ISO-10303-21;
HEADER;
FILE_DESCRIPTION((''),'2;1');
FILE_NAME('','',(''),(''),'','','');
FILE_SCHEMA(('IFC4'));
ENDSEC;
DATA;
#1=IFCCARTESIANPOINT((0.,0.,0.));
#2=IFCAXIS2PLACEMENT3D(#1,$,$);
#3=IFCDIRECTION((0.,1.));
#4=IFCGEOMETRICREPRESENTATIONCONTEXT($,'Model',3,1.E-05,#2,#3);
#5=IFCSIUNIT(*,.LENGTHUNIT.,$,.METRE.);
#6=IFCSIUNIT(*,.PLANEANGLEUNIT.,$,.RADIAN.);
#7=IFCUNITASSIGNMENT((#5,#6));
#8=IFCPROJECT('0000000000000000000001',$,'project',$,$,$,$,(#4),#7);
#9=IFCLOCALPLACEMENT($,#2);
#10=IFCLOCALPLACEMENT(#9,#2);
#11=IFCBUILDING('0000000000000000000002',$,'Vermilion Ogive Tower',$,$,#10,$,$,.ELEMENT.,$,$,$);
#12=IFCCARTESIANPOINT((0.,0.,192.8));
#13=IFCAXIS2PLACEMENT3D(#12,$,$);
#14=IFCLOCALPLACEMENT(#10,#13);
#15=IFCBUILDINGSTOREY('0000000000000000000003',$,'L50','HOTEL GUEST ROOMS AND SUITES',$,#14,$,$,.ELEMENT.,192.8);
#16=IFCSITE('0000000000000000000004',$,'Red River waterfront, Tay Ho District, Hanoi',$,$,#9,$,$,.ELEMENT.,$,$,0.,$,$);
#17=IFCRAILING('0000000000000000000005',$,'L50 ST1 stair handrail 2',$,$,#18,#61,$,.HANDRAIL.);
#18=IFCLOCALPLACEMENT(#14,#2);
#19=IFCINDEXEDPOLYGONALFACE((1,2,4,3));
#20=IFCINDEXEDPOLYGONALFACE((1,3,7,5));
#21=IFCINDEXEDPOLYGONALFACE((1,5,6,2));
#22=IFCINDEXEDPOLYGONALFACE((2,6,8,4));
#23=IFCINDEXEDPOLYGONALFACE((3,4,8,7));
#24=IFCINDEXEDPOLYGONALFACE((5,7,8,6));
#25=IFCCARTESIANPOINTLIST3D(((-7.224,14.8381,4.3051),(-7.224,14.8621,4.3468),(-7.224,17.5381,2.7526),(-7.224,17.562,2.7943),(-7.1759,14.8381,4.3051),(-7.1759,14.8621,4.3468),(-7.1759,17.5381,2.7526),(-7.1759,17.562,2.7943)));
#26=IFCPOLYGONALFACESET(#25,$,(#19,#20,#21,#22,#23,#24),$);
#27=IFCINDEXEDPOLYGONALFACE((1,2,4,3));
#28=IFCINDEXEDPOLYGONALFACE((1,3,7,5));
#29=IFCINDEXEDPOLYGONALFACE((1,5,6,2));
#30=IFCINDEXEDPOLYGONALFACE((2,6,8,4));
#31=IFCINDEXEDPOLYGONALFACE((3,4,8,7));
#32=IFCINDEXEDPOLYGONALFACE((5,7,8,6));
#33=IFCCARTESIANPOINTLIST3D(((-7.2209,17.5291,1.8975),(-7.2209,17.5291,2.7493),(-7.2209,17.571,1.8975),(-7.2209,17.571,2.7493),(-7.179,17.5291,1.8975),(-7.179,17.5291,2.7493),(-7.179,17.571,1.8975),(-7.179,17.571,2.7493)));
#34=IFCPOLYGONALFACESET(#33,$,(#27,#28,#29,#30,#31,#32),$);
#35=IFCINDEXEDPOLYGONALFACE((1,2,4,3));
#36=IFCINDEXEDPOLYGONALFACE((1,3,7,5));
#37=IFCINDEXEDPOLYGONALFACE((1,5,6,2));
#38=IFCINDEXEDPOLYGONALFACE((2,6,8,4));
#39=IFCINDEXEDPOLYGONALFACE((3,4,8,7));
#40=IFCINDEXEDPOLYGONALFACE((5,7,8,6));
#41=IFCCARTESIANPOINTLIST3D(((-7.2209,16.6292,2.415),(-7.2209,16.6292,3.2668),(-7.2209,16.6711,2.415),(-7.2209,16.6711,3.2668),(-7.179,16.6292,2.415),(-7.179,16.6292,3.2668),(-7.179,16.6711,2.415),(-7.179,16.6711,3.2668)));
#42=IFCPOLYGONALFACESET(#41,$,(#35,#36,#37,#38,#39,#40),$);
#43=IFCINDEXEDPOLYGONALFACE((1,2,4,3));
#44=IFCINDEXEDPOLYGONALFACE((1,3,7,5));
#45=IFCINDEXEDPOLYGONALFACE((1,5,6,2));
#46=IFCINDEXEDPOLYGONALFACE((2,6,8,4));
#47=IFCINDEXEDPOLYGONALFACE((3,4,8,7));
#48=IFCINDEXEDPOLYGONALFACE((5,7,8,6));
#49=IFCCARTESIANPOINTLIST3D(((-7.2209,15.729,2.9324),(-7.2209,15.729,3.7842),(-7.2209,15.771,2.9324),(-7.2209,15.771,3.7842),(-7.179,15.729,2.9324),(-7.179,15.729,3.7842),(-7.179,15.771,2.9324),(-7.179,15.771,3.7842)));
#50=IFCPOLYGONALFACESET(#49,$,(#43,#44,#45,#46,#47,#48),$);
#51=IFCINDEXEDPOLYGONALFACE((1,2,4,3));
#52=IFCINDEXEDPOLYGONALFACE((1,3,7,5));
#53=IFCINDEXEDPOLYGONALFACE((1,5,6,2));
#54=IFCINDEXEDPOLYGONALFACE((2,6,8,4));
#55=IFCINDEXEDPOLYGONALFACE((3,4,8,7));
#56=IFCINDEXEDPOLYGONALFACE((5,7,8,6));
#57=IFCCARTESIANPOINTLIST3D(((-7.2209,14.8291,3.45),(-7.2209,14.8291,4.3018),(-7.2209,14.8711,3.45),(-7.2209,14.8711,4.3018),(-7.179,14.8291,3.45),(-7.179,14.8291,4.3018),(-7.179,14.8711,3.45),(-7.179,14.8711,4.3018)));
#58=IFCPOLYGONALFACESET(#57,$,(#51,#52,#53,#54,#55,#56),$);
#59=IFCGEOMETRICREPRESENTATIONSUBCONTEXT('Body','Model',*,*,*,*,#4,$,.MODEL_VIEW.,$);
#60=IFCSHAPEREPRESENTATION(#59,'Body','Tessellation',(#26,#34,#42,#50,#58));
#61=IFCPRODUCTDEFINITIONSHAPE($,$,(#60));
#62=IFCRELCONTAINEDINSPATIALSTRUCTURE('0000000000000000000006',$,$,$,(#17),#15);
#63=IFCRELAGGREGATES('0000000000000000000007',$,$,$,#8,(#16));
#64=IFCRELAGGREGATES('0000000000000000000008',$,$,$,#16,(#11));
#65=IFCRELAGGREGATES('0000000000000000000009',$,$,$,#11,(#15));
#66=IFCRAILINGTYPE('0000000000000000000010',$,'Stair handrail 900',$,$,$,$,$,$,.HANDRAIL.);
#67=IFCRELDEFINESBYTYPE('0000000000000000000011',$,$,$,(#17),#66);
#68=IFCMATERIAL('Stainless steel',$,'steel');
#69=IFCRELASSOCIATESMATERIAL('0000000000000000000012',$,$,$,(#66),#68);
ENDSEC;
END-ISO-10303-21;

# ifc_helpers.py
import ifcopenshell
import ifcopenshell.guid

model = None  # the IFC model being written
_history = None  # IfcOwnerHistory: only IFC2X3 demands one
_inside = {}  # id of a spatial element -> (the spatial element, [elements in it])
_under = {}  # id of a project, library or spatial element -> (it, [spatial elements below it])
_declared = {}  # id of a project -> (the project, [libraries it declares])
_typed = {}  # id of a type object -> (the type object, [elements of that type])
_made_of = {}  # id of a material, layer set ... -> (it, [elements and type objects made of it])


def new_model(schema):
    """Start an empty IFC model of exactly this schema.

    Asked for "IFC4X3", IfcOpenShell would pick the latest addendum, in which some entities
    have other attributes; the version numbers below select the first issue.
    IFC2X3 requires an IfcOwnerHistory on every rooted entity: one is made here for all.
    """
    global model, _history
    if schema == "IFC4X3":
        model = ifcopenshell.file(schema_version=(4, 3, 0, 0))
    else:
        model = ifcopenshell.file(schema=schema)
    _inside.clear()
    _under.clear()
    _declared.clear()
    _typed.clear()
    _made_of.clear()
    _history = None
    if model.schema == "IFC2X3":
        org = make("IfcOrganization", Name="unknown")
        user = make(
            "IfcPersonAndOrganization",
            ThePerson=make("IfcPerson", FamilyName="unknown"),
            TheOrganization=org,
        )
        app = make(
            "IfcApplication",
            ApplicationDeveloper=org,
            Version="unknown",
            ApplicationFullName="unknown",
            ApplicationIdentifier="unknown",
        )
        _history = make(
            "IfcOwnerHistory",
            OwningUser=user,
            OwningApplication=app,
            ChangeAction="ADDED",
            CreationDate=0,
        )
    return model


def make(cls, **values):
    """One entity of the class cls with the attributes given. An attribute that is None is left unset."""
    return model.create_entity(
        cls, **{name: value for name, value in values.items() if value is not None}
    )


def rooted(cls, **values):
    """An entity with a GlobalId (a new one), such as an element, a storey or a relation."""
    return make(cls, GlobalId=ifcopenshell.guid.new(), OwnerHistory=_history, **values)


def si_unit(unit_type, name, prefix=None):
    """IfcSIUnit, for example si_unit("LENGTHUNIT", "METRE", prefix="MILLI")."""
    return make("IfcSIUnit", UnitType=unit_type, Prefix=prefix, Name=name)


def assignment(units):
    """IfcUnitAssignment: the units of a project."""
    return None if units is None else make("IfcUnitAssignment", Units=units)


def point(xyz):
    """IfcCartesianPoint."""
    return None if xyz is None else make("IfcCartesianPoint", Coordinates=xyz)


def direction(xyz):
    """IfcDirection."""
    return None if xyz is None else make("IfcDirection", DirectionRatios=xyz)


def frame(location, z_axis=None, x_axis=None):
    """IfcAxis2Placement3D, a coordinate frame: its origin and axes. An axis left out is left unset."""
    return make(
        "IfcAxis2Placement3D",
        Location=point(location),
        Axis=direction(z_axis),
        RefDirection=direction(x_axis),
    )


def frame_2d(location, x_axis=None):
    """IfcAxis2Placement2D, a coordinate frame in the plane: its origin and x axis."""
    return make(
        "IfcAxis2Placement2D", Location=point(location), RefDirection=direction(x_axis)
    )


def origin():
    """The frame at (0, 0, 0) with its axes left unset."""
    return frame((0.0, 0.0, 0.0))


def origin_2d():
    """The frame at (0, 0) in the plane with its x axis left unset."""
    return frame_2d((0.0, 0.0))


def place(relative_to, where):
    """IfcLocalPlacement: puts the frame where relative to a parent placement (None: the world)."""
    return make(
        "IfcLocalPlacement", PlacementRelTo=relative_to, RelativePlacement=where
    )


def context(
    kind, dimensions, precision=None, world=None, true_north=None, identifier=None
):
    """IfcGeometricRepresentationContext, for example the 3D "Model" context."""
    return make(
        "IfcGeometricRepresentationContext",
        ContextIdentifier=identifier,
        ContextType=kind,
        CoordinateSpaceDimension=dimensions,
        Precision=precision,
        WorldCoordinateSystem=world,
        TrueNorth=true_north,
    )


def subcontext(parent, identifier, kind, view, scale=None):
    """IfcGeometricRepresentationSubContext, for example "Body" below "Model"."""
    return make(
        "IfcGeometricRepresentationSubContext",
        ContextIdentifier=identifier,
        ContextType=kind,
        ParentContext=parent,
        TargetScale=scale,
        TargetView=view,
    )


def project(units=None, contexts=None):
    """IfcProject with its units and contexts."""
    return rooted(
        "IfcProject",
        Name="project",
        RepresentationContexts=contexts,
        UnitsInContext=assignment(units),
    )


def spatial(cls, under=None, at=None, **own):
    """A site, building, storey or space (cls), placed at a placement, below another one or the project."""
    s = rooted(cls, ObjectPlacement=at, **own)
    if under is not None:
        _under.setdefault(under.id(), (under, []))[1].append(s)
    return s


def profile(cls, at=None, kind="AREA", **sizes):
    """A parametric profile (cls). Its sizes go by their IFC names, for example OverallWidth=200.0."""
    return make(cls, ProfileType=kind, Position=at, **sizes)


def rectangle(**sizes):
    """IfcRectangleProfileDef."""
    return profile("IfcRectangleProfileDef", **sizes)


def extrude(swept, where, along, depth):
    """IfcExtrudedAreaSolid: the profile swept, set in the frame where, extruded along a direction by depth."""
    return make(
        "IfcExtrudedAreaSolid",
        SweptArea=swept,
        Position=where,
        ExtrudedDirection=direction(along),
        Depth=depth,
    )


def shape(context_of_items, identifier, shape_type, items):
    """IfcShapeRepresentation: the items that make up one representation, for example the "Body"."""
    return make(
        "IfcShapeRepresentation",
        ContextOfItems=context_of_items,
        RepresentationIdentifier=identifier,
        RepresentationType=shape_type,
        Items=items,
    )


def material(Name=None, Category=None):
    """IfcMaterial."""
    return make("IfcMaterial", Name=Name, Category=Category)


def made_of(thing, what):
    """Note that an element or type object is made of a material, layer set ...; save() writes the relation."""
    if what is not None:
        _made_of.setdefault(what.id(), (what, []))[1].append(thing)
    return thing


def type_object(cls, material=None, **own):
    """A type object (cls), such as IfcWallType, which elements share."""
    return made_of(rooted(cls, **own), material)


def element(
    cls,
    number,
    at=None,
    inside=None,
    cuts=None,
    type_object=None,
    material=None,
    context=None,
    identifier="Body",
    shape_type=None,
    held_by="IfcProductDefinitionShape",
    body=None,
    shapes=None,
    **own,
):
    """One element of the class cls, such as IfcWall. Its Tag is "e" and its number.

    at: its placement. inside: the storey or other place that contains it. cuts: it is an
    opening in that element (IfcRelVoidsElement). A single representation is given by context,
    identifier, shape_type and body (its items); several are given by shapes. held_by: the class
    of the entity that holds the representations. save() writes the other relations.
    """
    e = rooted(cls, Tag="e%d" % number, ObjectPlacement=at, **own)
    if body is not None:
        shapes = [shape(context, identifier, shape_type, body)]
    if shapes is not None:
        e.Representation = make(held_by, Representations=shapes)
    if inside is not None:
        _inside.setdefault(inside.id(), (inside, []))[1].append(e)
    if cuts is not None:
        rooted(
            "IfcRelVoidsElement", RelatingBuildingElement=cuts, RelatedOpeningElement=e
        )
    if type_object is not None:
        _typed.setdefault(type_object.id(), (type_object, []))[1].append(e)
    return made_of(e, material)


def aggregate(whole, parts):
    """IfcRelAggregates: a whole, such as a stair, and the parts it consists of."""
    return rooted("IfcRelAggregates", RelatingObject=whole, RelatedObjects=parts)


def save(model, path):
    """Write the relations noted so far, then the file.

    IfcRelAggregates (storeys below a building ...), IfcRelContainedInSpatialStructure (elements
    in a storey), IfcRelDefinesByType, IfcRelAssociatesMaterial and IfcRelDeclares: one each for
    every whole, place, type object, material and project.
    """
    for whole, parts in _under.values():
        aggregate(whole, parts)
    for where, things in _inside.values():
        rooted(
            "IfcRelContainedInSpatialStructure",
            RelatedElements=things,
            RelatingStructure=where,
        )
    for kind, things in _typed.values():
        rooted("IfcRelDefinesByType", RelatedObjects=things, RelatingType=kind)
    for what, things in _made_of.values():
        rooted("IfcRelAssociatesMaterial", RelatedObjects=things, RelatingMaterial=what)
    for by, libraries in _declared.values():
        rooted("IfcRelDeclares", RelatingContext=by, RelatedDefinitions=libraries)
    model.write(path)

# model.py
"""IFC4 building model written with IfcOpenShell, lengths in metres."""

from ifc_helpers import new_model, si_unit, direction, frame, origin, origin_2d, place, context, subcontext, project, spatial, rectangle, extrude, material, type_object, element, save


model = new_model("IFC4")

# Units and contexts
model_context = context("Model", 3, precision=1e-05, world=origin(), true_north=direction((0.0, 1.0)))
body_context = subcontext(model_context, "Body", "Model", "MODEL_VIEW")
ifc_project = project(units=[si_unit("LENGTHUNIT", "METRE"), si_unit("PLANEANGLEUNIT", "RADIAN")], contexts=[model_context])

# Site, building, storey
site_placement = place(None, origin())
site = spatial("IfcSite", under=ifc_project, at=site_placement, Name="Red River waterfront, Tay Ho District, Hanoi", CompositionType="ELEMENT", RefElevation=0.0)
building_placement = place(site_placement, origin())
building = spatial("IfcBuilding", under=site, at=building_placement, Name="Vermilion Ogive Tower", CompositionType="ELEMENT")
storey_placement = place(building_placement, frame((0.0, 0.0, 192.8)))
storey = spatial("IfcBuildingStorey", under=building, at=storey_placement, Name="L50", Description="HOTEL GUEST ROOMS AND SUITES", CompositionType="ELEMENT", Elevation=192.8)

# Railing
ifc_material_1 = material(Name="Stainless steel", Category="steel")
railing_type_1 = type_object("IfcRailingType", Name="Stair handrail 900", PredefinedType="HANDRAIL", material=ifc_material_1)
railing_1_placement = place(storey_placement, frame((-7.2, 17.55, 1.8975)))
element("IfcRailing", 1, at=railing_1_placement, inside=storey, type_object=railing_type_1, Name="L50 ST1 stair handrail 2", PredefinedType="HANDRAIL", context=body_context, shape_type="SweptSolid", body=[
    extrude(rectangle(XDim=0.0481, YDim=0.0481, at=origin_2d()), frame((0.0, 0.0, 0.876), z_axis=(0.0, -0.866904, 0.498476), x_axis=(1.0, 0.0, 0.0)), (0.0, 0.0, 1.0), 3.1145),
    extrude(rectangle(XDim=0.042, YDim=0.042, at=origin_2d()), origin(), (0.0, 0.0, 1.0), 0.8518),
    extrude(rectangle(XDim=0.042, YDim=0.042, at=origin_2d()), frame((0.0, -0.8999, 0.5176)), (0.0, 0.0, 1.0), 0.8518),
    extrude(rectangle(XDim=0.042, YDim=0.042, at=origin_2d()), frame((0.0, -1.8, 1.0349)), (0.0, 0.0, 1.0), 0.8518),
    extrude(rectangle(XDim=0.042, YDim=0.042, at=origin_2d()), frame((0.0, -2.7, 1.5525)), (0.0, 0.0, 1.0), 0.8518),
])

save(model, "model.ifc")
